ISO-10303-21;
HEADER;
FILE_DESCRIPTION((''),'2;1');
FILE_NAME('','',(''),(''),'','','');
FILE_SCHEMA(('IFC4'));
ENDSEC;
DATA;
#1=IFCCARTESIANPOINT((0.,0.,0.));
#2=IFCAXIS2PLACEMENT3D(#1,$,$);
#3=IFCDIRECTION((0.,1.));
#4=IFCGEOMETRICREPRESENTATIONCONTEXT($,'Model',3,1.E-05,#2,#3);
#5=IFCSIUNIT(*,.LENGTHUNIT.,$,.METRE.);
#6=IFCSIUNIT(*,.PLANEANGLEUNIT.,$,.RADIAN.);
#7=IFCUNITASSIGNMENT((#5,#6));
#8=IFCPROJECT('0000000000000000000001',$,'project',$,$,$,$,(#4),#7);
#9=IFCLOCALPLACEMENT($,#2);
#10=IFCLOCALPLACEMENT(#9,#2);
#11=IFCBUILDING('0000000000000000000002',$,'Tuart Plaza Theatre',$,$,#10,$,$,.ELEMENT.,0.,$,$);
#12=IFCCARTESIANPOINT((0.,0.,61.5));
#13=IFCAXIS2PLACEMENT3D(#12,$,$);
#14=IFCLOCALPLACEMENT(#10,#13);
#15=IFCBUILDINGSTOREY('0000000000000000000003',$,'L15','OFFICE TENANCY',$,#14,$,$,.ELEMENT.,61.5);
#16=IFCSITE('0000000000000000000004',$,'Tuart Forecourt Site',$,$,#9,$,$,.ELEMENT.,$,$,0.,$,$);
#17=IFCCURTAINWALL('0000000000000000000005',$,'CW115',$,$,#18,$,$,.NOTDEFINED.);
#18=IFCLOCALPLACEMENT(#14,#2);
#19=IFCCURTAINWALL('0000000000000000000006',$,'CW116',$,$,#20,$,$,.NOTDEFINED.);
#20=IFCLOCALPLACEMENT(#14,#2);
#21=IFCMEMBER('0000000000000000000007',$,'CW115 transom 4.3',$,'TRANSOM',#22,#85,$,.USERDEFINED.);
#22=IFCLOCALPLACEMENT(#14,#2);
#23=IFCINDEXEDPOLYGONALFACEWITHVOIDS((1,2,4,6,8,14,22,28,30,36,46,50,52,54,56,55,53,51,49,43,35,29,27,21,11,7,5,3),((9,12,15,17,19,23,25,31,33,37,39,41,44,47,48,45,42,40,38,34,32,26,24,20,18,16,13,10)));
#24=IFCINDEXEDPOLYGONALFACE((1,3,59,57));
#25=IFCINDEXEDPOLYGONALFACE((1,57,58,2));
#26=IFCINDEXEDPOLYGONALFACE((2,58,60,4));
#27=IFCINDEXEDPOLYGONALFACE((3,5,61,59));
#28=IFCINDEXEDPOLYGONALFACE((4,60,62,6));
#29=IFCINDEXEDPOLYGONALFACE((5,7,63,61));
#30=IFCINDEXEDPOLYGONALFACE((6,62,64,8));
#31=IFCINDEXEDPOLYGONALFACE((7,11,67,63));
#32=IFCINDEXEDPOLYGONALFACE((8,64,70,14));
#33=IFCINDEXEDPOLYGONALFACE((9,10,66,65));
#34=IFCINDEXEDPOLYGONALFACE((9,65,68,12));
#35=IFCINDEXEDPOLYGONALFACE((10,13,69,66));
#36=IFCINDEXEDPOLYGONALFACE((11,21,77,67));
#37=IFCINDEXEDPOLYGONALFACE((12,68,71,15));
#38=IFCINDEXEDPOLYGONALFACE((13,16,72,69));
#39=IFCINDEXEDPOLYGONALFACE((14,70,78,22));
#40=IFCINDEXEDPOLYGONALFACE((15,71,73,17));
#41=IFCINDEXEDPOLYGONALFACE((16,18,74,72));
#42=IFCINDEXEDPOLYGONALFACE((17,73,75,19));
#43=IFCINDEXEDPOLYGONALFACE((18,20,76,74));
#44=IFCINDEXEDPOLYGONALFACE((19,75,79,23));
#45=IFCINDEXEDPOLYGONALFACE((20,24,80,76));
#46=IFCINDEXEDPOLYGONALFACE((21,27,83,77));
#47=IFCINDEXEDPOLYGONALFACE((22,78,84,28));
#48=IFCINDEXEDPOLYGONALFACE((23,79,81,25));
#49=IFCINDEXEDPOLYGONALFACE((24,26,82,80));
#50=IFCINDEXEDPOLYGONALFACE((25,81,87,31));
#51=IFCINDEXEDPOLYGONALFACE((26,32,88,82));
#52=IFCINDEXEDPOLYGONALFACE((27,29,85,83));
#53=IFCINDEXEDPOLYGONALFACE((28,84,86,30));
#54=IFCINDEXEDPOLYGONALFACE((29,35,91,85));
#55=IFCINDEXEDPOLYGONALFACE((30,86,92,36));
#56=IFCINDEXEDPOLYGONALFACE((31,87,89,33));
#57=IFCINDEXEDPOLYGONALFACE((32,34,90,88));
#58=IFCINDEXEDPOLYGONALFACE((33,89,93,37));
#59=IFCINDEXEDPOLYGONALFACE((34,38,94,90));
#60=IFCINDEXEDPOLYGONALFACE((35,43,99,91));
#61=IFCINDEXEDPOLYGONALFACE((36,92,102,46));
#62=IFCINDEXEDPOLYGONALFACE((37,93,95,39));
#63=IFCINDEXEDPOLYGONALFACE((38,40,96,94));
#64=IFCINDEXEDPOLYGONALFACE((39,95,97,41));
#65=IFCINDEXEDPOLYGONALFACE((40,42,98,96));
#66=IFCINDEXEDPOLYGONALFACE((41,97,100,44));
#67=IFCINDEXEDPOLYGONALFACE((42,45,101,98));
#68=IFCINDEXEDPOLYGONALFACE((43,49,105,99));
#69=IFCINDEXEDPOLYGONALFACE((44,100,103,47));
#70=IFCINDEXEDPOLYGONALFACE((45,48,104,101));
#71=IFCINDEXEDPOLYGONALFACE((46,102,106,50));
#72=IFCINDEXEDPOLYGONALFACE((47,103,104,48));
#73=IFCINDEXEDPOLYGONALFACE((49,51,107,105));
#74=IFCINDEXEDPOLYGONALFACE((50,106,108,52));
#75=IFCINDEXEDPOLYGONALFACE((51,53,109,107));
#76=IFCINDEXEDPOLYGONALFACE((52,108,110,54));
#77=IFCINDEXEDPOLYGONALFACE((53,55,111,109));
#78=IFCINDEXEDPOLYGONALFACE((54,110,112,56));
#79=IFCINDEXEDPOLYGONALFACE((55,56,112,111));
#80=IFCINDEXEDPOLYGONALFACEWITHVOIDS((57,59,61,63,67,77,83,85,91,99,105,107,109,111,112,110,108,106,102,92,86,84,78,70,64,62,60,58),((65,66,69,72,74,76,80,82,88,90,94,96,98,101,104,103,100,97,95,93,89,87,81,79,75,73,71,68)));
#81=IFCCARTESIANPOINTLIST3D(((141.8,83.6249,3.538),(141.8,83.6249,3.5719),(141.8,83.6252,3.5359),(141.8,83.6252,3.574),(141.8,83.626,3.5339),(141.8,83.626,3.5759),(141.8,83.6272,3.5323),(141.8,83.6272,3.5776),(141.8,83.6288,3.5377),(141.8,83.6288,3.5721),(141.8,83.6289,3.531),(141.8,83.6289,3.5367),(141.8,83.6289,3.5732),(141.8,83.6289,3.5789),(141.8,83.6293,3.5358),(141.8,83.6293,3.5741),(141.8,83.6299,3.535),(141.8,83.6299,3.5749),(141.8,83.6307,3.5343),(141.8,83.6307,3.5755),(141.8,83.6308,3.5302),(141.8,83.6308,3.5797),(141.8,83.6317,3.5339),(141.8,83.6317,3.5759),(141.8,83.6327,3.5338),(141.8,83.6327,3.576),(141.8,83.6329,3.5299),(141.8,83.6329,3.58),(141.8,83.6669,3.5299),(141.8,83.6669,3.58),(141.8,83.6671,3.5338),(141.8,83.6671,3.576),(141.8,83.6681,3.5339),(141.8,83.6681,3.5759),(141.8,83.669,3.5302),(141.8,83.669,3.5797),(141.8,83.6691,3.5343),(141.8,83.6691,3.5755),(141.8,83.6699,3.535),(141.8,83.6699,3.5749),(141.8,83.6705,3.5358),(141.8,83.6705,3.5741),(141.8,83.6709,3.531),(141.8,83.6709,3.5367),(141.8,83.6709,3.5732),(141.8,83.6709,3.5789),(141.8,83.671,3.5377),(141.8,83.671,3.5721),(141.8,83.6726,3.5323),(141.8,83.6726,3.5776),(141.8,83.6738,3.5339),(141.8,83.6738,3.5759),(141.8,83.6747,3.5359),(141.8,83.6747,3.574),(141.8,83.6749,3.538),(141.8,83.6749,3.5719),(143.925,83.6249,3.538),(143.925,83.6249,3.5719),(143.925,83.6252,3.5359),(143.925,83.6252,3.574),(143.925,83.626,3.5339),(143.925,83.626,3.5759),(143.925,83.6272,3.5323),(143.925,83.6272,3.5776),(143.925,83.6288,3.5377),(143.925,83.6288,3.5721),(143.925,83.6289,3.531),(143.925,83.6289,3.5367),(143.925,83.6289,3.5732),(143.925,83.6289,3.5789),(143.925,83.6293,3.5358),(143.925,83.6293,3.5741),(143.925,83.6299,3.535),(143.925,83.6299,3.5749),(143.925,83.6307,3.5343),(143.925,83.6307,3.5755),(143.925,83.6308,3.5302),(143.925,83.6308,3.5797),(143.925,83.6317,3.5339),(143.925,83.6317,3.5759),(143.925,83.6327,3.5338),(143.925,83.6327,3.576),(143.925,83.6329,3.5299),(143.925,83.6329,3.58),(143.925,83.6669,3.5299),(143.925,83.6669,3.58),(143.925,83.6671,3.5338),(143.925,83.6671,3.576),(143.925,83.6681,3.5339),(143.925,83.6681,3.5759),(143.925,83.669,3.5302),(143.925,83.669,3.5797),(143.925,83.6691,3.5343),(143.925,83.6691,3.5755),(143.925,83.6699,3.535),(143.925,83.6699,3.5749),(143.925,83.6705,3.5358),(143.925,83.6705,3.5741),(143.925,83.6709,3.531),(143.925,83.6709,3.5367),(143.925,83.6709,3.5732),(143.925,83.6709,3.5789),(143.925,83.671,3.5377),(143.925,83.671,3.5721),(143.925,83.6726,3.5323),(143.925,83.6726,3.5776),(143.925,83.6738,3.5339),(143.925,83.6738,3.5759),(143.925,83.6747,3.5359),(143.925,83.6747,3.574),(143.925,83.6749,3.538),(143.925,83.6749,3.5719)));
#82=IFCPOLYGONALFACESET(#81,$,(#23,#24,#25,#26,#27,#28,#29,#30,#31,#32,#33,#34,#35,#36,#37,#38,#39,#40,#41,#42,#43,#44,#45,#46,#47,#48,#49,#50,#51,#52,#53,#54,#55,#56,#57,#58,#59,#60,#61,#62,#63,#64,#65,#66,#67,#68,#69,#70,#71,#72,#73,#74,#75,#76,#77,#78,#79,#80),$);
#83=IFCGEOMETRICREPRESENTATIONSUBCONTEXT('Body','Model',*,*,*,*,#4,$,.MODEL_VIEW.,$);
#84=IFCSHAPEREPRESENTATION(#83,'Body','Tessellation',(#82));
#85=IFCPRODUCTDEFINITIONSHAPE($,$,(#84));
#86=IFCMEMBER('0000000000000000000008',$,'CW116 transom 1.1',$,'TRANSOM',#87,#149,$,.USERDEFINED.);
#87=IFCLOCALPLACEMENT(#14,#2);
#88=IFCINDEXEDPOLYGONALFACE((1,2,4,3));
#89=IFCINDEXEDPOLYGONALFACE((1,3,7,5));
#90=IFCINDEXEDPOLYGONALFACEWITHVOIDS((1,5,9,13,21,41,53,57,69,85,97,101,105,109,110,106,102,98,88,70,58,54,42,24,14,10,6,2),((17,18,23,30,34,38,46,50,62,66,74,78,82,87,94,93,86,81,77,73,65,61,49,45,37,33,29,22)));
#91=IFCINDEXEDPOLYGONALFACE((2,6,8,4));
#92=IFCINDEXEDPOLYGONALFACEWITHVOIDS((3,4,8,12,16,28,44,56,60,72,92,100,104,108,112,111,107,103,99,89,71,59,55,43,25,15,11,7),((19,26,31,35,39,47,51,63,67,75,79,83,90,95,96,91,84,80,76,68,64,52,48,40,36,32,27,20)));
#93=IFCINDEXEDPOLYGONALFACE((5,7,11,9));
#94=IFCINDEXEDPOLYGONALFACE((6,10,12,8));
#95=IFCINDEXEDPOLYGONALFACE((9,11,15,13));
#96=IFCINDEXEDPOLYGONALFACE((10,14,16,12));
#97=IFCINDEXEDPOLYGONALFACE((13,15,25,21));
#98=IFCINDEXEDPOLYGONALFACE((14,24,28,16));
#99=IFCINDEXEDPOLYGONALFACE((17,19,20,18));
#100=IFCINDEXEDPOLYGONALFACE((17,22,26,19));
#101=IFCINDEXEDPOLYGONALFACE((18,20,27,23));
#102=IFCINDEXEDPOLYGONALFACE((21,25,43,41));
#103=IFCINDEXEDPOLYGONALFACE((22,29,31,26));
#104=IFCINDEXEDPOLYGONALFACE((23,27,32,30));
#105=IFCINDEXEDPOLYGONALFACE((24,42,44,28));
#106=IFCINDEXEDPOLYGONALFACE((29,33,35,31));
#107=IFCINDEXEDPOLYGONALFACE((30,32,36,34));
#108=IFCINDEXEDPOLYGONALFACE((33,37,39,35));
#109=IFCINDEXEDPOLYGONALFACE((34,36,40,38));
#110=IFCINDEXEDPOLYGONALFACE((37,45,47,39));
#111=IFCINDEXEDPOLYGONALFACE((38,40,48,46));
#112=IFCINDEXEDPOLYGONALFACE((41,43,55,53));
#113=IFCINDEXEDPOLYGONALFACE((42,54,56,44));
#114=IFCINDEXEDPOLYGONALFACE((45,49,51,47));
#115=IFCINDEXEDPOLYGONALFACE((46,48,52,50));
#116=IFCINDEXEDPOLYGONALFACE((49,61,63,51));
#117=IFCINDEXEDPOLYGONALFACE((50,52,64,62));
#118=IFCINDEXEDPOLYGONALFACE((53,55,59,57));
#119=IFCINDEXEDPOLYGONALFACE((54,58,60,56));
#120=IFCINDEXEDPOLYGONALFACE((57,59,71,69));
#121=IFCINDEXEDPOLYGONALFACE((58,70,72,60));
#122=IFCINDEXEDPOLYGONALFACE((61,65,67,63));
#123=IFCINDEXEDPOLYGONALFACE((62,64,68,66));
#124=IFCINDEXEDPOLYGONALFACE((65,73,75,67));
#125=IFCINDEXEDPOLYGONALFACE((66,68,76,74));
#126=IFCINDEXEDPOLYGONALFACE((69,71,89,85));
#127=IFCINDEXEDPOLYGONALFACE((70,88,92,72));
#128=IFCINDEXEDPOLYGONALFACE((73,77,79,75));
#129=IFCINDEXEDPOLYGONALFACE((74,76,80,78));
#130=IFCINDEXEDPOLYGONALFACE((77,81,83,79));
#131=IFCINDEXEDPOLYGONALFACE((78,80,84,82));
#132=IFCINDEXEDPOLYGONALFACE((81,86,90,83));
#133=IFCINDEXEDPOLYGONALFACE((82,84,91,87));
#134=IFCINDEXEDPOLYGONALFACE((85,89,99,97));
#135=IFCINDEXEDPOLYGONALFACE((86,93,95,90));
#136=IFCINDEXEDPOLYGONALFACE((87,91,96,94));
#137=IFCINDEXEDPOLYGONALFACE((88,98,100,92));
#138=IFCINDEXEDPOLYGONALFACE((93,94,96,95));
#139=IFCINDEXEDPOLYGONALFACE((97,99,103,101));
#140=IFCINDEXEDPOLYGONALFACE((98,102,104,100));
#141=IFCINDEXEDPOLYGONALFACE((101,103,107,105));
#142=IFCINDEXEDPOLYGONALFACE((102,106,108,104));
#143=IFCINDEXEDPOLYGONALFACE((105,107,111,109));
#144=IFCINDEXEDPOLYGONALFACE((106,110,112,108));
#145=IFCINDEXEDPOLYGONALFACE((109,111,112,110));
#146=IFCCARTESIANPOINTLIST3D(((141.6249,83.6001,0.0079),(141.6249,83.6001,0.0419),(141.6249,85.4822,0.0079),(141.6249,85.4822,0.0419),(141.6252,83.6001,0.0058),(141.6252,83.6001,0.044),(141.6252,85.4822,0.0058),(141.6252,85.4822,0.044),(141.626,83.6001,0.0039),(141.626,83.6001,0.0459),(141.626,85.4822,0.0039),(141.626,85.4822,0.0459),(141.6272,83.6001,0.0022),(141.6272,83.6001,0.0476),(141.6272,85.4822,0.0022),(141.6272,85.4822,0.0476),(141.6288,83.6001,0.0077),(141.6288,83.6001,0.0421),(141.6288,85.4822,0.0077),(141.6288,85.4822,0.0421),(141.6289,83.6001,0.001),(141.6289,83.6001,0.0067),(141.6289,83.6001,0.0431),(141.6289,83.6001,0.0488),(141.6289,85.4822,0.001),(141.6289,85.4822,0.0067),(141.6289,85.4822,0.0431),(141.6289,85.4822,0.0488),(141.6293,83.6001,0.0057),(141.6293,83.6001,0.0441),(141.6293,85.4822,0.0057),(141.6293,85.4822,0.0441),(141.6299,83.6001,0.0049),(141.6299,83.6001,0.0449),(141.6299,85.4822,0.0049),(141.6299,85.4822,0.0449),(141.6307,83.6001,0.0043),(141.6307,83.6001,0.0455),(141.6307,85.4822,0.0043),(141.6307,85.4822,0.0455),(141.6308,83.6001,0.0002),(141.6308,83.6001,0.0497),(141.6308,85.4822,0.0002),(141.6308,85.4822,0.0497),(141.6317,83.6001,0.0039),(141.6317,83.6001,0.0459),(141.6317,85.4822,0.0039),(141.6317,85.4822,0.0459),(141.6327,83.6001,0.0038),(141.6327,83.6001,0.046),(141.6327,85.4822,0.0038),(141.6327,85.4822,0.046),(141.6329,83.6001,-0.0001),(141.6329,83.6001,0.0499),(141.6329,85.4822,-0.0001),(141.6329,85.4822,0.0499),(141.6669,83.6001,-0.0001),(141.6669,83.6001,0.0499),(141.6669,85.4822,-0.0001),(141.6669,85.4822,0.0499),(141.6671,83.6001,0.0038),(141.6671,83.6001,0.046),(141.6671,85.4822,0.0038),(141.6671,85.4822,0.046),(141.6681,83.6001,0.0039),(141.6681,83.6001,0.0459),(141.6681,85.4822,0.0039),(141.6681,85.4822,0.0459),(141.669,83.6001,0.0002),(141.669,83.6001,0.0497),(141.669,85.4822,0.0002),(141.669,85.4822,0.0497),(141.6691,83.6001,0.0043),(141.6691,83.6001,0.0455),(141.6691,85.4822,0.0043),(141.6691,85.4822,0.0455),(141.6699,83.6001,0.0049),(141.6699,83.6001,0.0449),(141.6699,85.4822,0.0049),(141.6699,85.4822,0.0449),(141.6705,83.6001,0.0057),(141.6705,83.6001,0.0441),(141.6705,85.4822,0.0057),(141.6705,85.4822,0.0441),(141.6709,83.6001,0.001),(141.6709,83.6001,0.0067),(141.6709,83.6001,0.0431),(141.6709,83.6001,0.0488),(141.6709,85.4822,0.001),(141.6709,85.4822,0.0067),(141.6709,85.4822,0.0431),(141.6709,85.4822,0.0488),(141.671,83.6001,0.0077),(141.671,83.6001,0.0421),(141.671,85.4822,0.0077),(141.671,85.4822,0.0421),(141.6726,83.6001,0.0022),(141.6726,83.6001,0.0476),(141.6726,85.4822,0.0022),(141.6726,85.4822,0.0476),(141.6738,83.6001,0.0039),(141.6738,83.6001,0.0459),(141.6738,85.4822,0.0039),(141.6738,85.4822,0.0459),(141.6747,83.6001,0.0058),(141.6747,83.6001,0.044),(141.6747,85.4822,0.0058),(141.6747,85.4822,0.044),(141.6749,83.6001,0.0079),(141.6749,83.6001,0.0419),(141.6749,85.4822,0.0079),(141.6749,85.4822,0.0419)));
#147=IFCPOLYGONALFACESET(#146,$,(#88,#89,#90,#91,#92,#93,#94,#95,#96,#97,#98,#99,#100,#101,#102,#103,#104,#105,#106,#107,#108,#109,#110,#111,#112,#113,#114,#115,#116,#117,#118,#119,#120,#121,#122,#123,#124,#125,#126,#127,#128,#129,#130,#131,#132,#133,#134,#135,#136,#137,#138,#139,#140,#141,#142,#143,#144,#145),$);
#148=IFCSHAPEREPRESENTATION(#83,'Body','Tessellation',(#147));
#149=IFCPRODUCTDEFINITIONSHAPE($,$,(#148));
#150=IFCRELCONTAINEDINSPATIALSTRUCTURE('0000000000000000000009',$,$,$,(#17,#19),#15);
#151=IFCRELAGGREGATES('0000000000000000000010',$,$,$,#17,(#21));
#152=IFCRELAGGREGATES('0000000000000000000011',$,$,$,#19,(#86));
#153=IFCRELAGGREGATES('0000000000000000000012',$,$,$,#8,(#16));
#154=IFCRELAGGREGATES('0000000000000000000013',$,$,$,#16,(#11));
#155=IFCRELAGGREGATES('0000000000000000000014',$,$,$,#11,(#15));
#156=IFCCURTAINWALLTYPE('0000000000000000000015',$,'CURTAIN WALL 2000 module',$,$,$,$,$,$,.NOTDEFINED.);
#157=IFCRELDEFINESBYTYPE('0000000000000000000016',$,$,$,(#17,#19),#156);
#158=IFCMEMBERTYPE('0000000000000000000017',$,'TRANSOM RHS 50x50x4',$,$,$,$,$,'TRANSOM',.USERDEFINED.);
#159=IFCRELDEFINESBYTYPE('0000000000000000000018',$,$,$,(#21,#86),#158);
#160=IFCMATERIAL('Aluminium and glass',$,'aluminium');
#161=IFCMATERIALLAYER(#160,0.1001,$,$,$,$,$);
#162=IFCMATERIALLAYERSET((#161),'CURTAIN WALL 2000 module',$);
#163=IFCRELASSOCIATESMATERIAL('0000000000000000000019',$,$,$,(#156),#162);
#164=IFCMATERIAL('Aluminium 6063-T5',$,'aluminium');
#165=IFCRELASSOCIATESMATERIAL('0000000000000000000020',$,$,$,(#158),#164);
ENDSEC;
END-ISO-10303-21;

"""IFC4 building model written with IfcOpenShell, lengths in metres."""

from ifc_helpers import new_model, si_unit, direction, frame, origin, origin_2d, place, context, subcontext, project, spatial, hollow_rectangle, extrude, material, layer, layer_set, material_profile, profile_set, type_object, element, aggregate, save


model = new_model("IFC4")

# Units and contexts
model_context = context("Model", 3, precision=1e-05, world=origin(), true_north=direction((0.0, 1.0)))
body_context = subcontext(model_context, "Body", "Model", "MODEL_VIEW")
ifc_project = project(units=[si_unit("LENGTHUNIT", "METRE"), si_unit("PLANEANGLEUNIT", "RADIAN")], contexts=[model_context])

# Site, building, storey
site_placement = place(None, origin())
site = spatial("IfcSite", under=ifc_project, at=site_placement, Name="Tuart Forecourt Site", CompositionType="ELEMENT", RefElevation=0.0)
building_placement = place(site_placement, origin())
building = spatial("IfcBuilding", under=site, at=building_placement, Name="Tuart Plaza Theatre", CompositionType="ELEMENT", ElevationOfRefHeight=0.0)
storey_placement = place(building_placement, frame((0.0, 0.0, 61.5)))
storey = spatial("IfcBuildingStorey", under=building, at=storey_placement, Name="L15", Description="OFFICE TENANCY", CompositionType="ELEMENT", Elevation=61.5)

# Curtain walls
ifc_material_1 = material(Name="Aluminium and glass", Category="aluminium")
ifc_layer_1 = layer(ifc_material_1, 0.1001)
ifc_layer_set_1 = layer_set([ifc_layer_1], Name="CURTAIN WALL 2000 module")
curtain_wall_type = type_object("IfcCurtainWallType", Name="CURTAIN WALL 2000 module", PredefinedType="NOTDEFINED", material=ifc_layer_set_1)
curtain_wall_1_placement = place(storey_placement, origin())
curtain_wall_1 = element("IfcCurtainWall", 1, at=curtain_wall_1_placement, inside=storey, type_object=curtain_wall_type, Name="CW115", PredefinedType="NOTDEFINED")
curtain_wall_2_placement = place(storey_placement, origin())
curtain_wall_2 = element("IfcCurtainWall", 2, at=curtain_wall_2_placement, inside=storey, type_object=curtain_wall_type, Name="CW116", PredefinedType="NOTDEFINED")

# Members
ifc_material_2 = material(Name="Aluminium 6063-T5", Category="aluminium")
ifc_material_profile_1 = material_profile(ifc_material_2, hollow_rectangle(XDim=0.05, YDim=0.05, WallThickness=0.0039, InnerFilletRadius=0.0039, OuterFilletRadius=0.0081, at=origin_2d()), Name="RHS 50x50x4")
ifc_profile_set_1 = profile_set([ifc_material_profile_1], Name="Aluminium 6063-T5")
member_type_1 = type_object("IfcMemberType", Name="TRANSOM RHS 50x50x4", ElementType="TRANSOM", PredefinedType="USERDEFINED", material=ifc_profile_set_1)
member_1_placement = place(storey_placement, frame((143.925, 83.6499, 3.5549), z_axis=(-1.0, 0.0, 0.0), x_axis=(0.0, -1.0, 0.0)))
member_1 = element("IfcMember", 3, at=member_1_placement, type_object=member_type_1, Name="CW115 transom 4.3", ObjectType="TRANSOM", PredefinedType="USERDEFINED", context=body_context, shape_type="SweptSolid", body=[
    extrude(hollow_rectangle(XDim=0.05, YDim=0.05, WallThickness=0.0039, InnerFilletRadius=0.0039, OuterFilletRadius=0.0081, at=origin_2d()), origin(), (0.0, 0.0, 1.0), 2.125),
])
member_2_placement = place(storey_placement, frame((141.6499, 83.6001, 0.0249), z_axis=(0.0, 1.0, 0.0), x_axis=(-1.0, 0.0, 0.0)))
member_2 = element("IfcMember", 4, at=member_2_placement, type_object=member_type_1, Name="CW116 transom 1.1", ObjectType="TRANSOM", PredefinedType="USERDEFINED", context=body_context, shape_type="SweptSolid", body=[
    extrude(hollow_rectangle(XDim=0.05, YDim=0.05, WallThickness=0.0039, InnerFilletRadius=0.0039, OuterFilletRadius=0.0081, at=origin_2d()), origin(), (0.0, 0.0, 1.0), 1.8821),
])

aggregate(curtain_wall_1, [member_1])
aggregate(curtain_wall_2, [member_2])

save(model, "model.ifc")
